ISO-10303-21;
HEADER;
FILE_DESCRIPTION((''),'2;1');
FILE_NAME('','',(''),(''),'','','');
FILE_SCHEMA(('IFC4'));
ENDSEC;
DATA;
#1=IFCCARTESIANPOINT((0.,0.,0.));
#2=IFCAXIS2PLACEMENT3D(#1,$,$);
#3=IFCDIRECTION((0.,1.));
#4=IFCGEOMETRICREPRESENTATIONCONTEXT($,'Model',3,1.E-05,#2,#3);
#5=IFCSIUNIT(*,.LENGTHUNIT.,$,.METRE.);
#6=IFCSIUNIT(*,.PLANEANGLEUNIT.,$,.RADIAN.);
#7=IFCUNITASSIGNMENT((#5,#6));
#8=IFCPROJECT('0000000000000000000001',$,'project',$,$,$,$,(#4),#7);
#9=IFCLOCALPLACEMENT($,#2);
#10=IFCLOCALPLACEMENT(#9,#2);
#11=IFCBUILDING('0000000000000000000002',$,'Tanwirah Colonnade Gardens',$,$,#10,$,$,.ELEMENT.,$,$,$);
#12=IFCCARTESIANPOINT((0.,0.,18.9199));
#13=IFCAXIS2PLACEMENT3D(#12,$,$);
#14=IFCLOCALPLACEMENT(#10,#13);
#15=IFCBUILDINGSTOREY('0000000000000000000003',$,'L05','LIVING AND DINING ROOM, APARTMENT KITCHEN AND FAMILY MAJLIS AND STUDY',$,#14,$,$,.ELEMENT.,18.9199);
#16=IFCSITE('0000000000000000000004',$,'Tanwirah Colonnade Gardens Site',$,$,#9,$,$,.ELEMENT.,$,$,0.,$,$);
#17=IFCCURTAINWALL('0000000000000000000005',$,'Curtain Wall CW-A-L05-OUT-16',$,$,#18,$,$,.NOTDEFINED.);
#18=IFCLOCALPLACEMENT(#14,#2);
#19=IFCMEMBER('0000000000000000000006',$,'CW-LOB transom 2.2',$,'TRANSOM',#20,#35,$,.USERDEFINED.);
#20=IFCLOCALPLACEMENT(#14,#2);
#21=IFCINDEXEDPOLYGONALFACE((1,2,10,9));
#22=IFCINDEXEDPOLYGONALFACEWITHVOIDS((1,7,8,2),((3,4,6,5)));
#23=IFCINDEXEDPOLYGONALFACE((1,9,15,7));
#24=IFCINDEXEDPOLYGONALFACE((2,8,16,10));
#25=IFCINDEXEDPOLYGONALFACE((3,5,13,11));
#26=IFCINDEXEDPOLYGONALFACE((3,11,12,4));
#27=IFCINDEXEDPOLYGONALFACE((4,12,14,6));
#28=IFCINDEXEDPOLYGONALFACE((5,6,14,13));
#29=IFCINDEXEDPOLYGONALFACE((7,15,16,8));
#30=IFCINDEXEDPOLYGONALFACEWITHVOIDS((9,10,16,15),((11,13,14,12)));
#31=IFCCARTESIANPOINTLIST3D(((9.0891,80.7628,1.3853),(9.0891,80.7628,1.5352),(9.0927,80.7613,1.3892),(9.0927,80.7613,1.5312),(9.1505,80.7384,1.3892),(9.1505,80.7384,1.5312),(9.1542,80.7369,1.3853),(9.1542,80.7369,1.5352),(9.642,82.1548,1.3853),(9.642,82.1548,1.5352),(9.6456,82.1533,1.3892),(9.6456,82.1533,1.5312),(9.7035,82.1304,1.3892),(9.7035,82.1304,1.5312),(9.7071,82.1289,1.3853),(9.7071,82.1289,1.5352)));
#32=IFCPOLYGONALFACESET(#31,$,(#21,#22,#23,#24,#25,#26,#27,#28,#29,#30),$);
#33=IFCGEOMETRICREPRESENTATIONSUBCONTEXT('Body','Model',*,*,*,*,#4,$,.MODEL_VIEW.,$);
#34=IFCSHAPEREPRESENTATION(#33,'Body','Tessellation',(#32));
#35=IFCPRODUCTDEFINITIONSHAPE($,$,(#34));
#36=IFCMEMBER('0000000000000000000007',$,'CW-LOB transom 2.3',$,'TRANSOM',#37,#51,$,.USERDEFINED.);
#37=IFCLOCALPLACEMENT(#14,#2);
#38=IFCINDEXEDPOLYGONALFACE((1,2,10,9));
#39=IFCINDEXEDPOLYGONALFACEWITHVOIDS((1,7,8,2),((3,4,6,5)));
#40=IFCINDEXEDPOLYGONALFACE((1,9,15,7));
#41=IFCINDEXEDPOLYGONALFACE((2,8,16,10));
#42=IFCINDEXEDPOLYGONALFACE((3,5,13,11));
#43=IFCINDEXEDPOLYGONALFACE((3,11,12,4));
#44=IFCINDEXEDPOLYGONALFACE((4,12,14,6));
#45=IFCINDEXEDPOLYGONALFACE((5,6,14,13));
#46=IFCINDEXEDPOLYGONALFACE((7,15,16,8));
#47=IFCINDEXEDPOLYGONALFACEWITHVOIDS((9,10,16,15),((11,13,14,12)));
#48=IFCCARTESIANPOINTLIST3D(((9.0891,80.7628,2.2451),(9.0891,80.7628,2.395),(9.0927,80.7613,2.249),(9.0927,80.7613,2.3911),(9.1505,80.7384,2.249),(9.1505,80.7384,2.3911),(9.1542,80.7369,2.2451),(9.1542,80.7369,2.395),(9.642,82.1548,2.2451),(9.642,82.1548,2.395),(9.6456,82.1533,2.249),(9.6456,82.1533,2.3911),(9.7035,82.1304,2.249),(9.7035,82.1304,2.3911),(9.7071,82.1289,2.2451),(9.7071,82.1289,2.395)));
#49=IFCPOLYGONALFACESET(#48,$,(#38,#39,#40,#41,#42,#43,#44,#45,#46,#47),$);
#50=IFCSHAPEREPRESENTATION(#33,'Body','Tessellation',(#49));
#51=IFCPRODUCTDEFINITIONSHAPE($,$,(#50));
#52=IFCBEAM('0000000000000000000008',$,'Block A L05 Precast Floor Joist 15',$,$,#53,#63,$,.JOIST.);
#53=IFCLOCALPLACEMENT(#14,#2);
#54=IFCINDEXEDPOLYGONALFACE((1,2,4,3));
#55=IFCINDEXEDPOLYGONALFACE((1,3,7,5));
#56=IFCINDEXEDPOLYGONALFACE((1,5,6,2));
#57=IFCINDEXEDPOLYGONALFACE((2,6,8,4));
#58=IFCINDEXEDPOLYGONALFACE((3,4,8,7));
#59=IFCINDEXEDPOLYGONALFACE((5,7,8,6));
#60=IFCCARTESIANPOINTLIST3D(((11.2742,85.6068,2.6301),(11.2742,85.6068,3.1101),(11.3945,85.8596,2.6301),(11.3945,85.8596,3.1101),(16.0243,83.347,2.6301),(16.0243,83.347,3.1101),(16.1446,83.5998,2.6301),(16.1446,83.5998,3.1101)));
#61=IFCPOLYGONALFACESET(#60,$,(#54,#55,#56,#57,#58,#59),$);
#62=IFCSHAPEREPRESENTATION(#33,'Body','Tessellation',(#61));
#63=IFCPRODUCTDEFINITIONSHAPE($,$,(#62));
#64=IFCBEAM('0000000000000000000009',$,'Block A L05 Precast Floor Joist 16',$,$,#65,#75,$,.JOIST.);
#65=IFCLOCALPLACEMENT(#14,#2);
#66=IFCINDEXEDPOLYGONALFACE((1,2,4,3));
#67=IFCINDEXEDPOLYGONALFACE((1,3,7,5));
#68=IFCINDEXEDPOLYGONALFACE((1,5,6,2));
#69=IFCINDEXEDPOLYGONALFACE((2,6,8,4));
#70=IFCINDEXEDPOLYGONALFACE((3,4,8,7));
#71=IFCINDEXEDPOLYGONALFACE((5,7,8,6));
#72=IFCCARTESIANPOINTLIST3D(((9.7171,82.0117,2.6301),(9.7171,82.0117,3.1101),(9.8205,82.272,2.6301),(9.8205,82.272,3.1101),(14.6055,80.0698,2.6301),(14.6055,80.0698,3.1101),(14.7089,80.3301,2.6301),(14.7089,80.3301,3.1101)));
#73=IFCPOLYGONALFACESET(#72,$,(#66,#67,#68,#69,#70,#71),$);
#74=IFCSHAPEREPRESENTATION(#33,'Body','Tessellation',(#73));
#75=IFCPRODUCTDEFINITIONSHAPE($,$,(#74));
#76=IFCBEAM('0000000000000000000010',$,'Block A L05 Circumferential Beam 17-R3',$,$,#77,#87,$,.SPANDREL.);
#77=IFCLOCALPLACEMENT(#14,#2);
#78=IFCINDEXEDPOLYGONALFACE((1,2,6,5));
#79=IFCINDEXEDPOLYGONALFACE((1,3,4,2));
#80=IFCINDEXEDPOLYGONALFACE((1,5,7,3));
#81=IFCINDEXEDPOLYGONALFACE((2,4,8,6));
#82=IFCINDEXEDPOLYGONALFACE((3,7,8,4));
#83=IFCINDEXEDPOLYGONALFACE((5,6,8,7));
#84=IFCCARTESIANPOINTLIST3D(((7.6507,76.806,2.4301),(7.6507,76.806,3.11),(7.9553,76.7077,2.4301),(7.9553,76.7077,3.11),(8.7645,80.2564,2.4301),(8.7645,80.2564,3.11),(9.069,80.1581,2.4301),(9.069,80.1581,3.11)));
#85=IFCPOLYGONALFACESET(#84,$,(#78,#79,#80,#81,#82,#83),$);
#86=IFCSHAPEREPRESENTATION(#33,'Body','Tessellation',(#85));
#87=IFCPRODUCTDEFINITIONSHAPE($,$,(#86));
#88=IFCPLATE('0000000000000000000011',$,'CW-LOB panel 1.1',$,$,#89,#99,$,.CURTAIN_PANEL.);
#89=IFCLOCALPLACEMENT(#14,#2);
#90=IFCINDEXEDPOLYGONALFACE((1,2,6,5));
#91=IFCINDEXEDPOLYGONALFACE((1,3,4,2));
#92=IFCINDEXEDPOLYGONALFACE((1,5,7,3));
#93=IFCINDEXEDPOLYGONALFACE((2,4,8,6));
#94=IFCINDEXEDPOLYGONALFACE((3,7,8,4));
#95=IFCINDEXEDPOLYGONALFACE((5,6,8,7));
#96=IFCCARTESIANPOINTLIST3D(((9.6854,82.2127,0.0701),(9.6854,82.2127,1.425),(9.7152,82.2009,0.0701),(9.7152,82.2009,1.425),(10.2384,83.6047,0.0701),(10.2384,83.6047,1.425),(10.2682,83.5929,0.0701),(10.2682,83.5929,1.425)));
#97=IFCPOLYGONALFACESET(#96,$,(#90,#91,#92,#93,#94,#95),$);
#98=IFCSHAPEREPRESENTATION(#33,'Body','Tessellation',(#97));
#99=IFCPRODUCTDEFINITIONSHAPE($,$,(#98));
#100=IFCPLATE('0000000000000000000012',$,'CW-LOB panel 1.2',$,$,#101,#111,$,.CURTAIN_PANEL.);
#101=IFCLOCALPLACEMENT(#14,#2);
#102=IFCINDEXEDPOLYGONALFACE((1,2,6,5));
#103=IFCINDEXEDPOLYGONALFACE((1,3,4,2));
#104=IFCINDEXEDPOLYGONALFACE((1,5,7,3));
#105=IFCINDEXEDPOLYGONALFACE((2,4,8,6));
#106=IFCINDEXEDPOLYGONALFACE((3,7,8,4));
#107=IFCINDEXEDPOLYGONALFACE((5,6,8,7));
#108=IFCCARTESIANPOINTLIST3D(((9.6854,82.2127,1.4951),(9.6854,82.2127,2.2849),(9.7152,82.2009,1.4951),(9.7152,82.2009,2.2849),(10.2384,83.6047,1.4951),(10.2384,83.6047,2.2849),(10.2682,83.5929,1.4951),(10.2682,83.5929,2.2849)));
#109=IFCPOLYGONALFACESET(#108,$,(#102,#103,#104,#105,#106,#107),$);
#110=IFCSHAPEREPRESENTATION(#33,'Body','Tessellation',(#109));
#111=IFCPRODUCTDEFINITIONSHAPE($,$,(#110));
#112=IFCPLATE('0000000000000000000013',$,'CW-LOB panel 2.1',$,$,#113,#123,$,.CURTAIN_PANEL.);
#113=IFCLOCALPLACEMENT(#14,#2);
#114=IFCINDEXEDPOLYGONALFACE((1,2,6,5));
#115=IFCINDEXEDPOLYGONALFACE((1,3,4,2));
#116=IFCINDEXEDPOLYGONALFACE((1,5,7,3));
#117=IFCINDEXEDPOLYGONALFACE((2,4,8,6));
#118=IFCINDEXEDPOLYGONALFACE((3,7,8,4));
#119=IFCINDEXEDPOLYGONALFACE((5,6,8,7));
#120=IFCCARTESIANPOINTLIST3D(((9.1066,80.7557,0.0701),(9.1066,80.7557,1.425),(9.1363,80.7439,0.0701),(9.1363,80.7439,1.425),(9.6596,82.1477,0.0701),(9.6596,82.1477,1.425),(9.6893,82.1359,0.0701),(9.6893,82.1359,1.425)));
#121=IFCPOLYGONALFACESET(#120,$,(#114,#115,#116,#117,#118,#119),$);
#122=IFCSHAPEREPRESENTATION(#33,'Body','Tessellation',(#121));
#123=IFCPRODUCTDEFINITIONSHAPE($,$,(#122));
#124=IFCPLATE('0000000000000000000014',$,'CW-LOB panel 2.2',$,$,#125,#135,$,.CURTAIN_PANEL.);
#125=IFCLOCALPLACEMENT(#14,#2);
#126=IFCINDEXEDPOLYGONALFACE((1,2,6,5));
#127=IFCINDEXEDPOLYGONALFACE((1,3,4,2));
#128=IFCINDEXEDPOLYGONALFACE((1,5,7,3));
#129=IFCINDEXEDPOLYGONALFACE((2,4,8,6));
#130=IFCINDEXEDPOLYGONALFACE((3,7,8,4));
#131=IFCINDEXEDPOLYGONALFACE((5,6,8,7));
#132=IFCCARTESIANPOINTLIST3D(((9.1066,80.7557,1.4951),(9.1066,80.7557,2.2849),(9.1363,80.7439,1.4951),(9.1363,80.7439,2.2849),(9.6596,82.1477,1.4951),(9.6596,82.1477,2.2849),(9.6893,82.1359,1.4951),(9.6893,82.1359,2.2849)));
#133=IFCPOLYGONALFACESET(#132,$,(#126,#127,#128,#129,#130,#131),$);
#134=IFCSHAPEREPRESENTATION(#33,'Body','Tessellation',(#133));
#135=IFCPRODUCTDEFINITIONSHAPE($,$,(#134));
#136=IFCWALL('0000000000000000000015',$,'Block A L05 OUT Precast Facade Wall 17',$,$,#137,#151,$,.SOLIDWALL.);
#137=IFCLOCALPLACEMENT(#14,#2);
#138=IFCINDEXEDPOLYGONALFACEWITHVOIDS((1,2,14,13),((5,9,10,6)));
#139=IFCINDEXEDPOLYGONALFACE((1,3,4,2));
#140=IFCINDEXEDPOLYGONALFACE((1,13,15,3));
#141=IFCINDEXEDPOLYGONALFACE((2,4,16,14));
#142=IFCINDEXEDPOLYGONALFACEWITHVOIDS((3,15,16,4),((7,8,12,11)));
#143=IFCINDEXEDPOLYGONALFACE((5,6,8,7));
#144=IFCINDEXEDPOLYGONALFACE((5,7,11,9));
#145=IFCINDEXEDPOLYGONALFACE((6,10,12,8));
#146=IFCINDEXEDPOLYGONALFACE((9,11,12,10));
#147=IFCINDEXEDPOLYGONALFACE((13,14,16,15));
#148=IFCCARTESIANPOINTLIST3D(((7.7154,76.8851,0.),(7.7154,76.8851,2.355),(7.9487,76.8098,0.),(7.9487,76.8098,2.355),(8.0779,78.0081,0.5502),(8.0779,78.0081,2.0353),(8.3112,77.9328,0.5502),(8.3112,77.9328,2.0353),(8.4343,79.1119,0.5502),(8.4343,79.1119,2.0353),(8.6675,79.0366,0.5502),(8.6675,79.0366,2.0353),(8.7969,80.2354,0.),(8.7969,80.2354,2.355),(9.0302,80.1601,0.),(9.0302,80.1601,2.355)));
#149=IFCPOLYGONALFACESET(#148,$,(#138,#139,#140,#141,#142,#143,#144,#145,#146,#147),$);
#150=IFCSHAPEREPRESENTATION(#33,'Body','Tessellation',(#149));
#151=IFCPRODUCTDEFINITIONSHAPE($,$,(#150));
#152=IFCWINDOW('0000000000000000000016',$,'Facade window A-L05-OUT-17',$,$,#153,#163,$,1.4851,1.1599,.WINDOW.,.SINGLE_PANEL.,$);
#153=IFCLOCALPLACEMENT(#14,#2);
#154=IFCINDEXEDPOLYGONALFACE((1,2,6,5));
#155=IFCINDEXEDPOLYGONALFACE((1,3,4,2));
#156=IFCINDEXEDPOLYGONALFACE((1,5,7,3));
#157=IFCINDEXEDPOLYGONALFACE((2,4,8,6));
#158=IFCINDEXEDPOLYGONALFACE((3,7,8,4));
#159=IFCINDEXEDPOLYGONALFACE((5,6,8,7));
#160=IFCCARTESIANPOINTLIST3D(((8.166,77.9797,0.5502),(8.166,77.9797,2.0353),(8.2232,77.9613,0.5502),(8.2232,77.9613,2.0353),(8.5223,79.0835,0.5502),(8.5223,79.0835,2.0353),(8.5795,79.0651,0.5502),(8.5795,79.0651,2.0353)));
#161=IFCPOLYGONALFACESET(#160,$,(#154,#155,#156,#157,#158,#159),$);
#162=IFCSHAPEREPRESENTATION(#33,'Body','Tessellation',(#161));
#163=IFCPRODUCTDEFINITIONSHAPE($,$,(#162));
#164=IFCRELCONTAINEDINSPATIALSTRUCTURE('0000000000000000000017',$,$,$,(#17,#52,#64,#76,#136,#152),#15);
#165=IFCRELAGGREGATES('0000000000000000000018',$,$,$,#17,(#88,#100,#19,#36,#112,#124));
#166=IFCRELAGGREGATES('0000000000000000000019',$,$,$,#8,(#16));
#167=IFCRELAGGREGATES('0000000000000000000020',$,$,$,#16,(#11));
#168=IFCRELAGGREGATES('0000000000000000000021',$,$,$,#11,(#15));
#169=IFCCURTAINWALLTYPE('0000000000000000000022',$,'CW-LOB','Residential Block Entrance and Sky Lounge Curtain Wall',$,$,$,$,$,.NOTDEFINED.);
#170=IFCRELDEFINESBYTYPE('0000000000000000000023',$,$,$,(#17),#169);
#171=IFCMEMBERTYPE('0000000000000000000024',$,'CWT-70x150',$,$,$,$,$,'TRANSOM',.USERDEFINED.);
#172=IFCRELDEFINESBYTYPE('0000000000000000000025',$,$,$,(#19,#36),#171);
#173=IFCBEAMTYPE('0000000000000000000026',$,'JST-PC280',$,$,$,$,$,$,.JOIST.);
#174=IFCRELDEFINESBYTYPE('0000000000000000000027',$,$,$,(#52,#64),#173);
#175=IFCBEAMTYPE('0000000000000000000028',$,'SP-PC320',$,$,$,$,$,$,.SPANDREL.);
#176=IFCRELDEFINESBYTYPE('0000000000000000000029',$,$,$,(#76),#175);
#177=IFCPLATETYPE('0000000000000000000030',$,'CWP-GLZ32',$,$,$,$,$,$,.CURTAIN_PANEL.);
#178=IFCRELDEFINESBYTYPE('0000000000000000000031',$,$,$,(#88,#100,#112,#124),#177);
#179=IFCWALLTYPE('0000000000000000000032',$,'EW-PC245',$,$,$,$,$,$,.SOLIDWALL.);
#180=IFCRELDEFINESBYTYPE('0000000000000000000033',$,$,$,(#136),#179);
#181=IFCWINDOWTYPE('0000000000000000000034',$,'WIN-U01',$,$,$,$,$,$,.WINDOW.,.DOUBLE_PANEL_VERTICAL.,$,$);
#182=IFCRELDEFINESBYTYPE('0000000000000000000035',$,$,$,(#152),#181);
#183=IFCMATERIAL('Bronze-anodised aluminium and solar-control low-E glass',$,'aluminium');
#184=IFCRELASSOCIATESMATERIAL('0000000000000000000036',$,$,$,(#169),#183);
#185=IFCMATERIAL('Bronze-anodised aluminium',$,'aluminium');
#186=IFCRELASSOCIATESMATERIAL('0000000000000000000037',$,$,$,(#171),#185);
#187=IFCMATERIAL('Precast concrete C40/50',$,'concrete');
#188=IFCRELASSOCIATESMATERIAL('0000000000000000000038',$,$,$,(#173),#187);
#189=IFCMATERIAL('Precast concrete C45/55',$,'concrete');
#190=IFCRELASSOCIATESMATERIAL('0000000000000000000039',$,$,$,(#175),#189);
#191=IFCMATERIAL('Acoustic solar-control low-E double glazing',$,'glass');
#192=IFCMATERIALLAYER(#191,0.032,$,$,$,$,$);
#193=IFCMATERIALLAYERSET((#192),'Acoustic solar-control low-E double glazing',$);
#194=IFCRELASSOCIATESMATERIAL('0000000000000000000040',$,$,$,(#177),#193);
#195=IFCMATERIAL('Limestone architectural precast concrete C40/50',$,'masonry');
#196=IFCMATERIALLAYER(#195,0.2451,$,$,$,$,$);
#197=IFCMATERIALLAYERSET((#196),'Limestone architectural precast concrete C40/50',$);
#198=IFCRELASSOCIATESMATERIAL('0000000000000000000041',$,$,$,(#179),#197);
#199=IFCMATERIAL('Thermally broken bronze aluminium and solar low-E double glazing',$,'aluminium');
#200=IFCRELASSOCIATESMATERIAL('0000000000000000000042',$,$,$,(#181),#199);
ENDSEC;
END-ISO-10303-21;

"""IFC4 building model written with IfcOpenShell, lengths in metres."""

from ifc_helpers import new_model, si_unit, direction, frame, frame_2d, origin, origin_2d, place, context, subcontext, project, spatial, rectangle, hollow_rectangle, extrude, material, layer, layer_set, material_profile, profile_set, type_object, element, fill, aggregate, save


model = new_model("IFC4")

# Units and contexts
model_context = context("Model", 3, precision=1e-05, world=origin(), true_north=direction((0.0, 1.0)))
body_context = subcontext(model_context, "Body", "Model", "MODEL_VIEW")
ifc_project = project(units=[si_unit("LENGTHUNIT", "METRE"), si_unit("PLANEANGLEUNIT", "RADIAN")], contexts=[model_context])

# Site, building, storey
site_placement = place(None, origin())
site = spatial("IfcSite", under=ifc_project, at=site_placement, Name="Tanwirah Colonnade Gardens Site", CompositionType="ELEMENT", RefElevation=0.0)
building_placement = place(site_placement, origin())
building = spatial("IfcBuilding", under=site, at=building_placement, Name="Tanwirah Colonnade Gardens", CompositionType="ELEMENT")
storey_placement = place(building_placement, frame((0.0, 0.0, 18.9199)))
storey = spatial("IfcBuildingStorey", under=building, at=storey_placement, Name="L05", Description="LIVING AND DINING ROOM, APARTMENT KITCHEN AND FAMILY MAJLIS AND STUDY", CompositionType="ELEMENT", Elevation=18.9199)

# Shared definitions
ifc_material_1 = material(Name="Precast concrete C45/55", Category="concrete")
ifc_material_2 = material(Name="Precast concrete C40/50", Category="concrete")

# Curtain wall, members
ifc_material_3 = material(Name="Bronze-anodised aluminium and solar-control low-E glass", Category="aluminium")
curtain_wall_type = type_object("IfcCurtainWallType", Name="CW-LOB", Description="Residential Block Entrance and Sky Lounge Curtain Wall", PredefinedType="NOTDEFINED", material=ifc_material_3)
curtain_wall_placement = place(storey_placement, origin())
curtain_wall = element("IfcCurtainWall", 1, at=curtain_wall_placement, inside=storey, type_object=curtain_wall_type, Name="Curtain Wall CW-A-L05-OUT-16", PredefinedType="NOTDEFINED")
ifc_material_4 = material(Name="Bronze-anodised aluminium", Category="aluminium")
ifc_material_profile_1 = material_profile(ifc_material_4, hollow_rectangle(XDim=0.0701, YDim=0.1499, WallThickness=0.0039, at=origin_2d()), Name="CW-TRN 70x150x4")
ifc_profile_set_1 = profile_set([ifc_material_profile_1], Name="Bronze-anodised aluminium")
member_type_1 = type_object("IfcMemberType", Name="CWT-70x150", ElementType="TRANSOM", PredefinedType="USERDEFINED", material=ifc_profile_set_1)
member_1_placement = place(storey_placement, frame((9.6746, 82.1418, 1.4602), z_axis=(-0.36917, -0.929362, 0.0), x_axis=(0.929362, -0.36917, 0.0)))
member_1 = element("IfcMember", 2, at=member_1_placement, type_object=member_type_1, Name="CW-LOB transom 2.2", ObjectType="TRANSOM", PredefinedType="USERDEFINED", context=body_context, shape_type="SweptSolid", body=[
    extrude(hollow_rectangle(XDim=0.0701, YDim=0.1499, WallThickness=0.0039, at=origin_2d()), origin(), (0.0, 0.0, 1.0), 1.4978),
])
member_2_placement = place(storey_placement, frame((9.6746, 82.1418, 2.3201), z_axis=(-0.36917, -0.929362, 0.0), x_axis=(0.929362, -0.36917, 0.0)))
member_2 = element("IfcMember", 3, at=member_2_placement, type_object=member_type_1, Name="CW-LOB transom 2.3", ObjectType="TRANSOM", PredefinedType="USERDEFINED", context=body_context, shape_type="SweptSolid", body=[
    extrude(hollow_rectangle(XDim=0.0701, YDim=0.1499, WallThickness=0.0039, at=origin_2d()), origin(), (0.0, 0.0, 1.0), 1.4978),
])

# Beams
ifc_material_profile_2 = material_profile(ifc_material_2, rectangle(XDim=0.28, YDim=0.48, at=origin_2d()), Name="PC-JST 280x480")
ifc_profile_set_2 = profile_set([ifc_material_profile_2], Name="Precast concrete C40/50")
beam_type_1 = type_object("IfcBeamType", Name="JST-PC280", PredefinedType="JOIST", material=ifc_profile_set_2)
beam_1_placement = place(storey_placement, frame((16.0845, 83.4734, 2.8701), z_axis=(-0.903018, 0.429602, 0.0), x_axis=(-0.429602, -0.903018, 0.0)))
element("IfcBeam", 4, at=beam_1_placement, inside=storey, type_object=beam_type_1, Name="Block A L05 Precast Floor Joist 15", PredefinedType="JOIST", context=body_context, shape_type="SweptSolid", body=[
    extrude(rectangle(XDim=0.28, YDim=0.48, at=origin_2d()), origin(), (0.0, 0.0, 1.0), 5.2603),
])
beam_2_placement = place(storey_placement, frame((14.6572, 80.2, 2.8701), z_axis=(-0.929358, 0.369181, 0.0), x_axis=(-0.369181, -0.929358, 0.0)))
element("IfcBeam", 5, at=beam_2_placement, inside=storey, type_object=beam_type_1, Name="Block A L05 Precast Floor Joist 16", PredefinedType="JOIST", context=body_context, shape_type="SweptSolid", body=[
    extrude(rectangle(XDim=0.28, YDim=0.48, at=origin_2d()), origin(), (0.0, 0.0, 1.0), 5.26),
])
ifc_material_profile_3 = material_profile(ifc_material_1, rectangle(XDim=0.3201, YDim=0.6799, at=origin_2d()), Name="PC-SP 320x680")
ifc_profile_set_3 = profile_set([ifc_material_profile_3], Name="Precast concrete C45/55")
beam_type_2 = type_object("IfcBeamType", Name="SP-PC320", PredefinedType="SPANDREL", material=ifc_profile_set_3)
beam_3_placement = place(storey_placement, frame((8.9167, 80.2073, 2.77), z_axis=(-0.307184, -0.95165, 0.0), x_axis=(0.95165, -0.307184, 0.0)))
element("IfcBeam", 6, at=beam_3_placement, inside=storey, type_object=beam_type_2, Name="Block A L05 Circumferential Beam 17-R3", PredefinedType="SPANDREL", context=body_context, shape_type="SweptSolid", body=[
    extrude(rectangle(XDim=0.3201, YDim=0.6799, at=origin_2d()), origin(), (0.0, 0.0, 1.0), 3.6257),
])

# Plates
ifc_material_5 = material(Name="Acoustic solar-control low-E double glazing", Category="glass")
ifc_layer_1 = layer(ifc_material_5, 0.032)
ifc_layer_set_1 = layer_set([ifc_layer_1], Name="Acoustic solar-control low-E double glazing")
plate_type = type_object("IfcPlateType", Name="CWP-GLZ32", PredefinedType="CURTAIN_PANEL", material=ifc_layer_set_1)
plate_1_placement = place(storey_placement, frame((9.9768, 82.9028, 0.0701), z_axis=(0.0, 0.0, 1.0), x_axis=(-0.369208, -0.929347, 0.0)))
plate_1 = element("IfcPlate", 7, at=plate_1_placement, type_object=plate_type, Name="CW-LOB panel 1.1", PredefinedType="CURTAIN_PANEL", context=body_context, shape_type="SweptSolid", body=[
    extrude(rectangle(XDim=1.4978, YDim=0.032, at=origin_2d()), origin(), (0.0, 0.0, 1.0), 1.355),
])
plate_2_placement = place(storey_placement, frame((9.9768, 82.9028, 1.4951), z_axis=(0.0, 0.0, 1.0), x_axis=(-0.369208, -0.929347, 0.0)))
plate_2 = element("IfcPlate", 8, at=plate_2_placement, type_object=plate_type, Name="CW-LOB panel 1.2", PredefinedType="CURTAIN_PANEL", context=body_context, shape_type="SweptSolid", body=[
    extrude(rectangle(XDim=1.4978, YDim=0.032, at=origin_2d()), origin(), (0.0, 0.0, 1.0), 0.7898),
])
plate_3_placement = place(storey_placement, frame((9.3979, 81.4458, 0.0701), z_axis=(0.0, 0.0, 1.0), x_axis=(-0.369208, -0.929347, 0.0)))
plate_3 = element("IfcPlate", 9, at=plate_3_placement, type_object=plate_type, Name="CW-LOB panel 2.1", PredefinedType="CURTAIN_PANEL", context=body_context, shape_type="SweptSolid", body=[
    extrude(rectangle(XDim=1.4978, YDim=0.032, at=origin_2d()), origin(), (0.0, 0.0, 1.0), 1.355),
])
plate_4_placement = place(storey_placement, frame((9.3979, 81.4458, 1.4951), z_axis=(0.0, 0.0, 1.0), x_axis=(-0.369208, -0.929347, 0.0)))
plate_4 = element("IfcPlate", 10, at=plate_4_placement, type_object=plate_type, Name="CW-LOB panel 2.2", PredefinedType="CURTAIN_PANEL", context=body_context, shape_type="SweptSolid", body=[
    extrude(rectangle(XDim=1.4978, YDim=0.032, at=origin_2d()), origin(), (0.0, 0.0, 1.0), 0.7898),
])
aggregate(curtain_wall, [plate_1, plate_2, member_1, member_2, plate_3, plate_4])

# Wall, opening, window
ifc_material_6 = material(Name="Limestone architectural precast concrete C40/50", Category="masonry")
ifc_layer_2 = layer(ifc_material_6, 0.2451)
ifc_layer_set_2 = layer_set([ifc_layer_2], Name="Limestone architectural precast concrete C40/50")
wall_type_1 = type_object("IfcWallType", Name="EW-PC245", PredefinedType="SOLIDWALL", material=ifc_layer_set_2)
wall_1_placement = place(storey_placement, frame((8.9136, 80.1978, 0.0), z_axis=(0.0, 0.0, 1.0), x_axis=(-0.307205, -0.951643, 0.0)))
wall_1 = element("IfcWall", 11, at=wall_1_placement, inside=storey, type_object=wall_type_1, Name="Block A L05 OUT Precast Facade Wall 17", PredefinedType="SOLIDWALL", context=body_context, shape_type="SweptSolid", body=[
    extrude(rectangle(XDim=3.5205, YDim=0.2451, at=frame_2d((1.7603, 0.0))), origin(), (0.0, 0.0, 1.0), 2.355),
])
opening_1_placement = place(wall_1_placement, frame((1.1804, 0.0, 0.55)))
opening_1 = element("IfcOpeningElement", 12, at=opening_1_placement, cuts=wall_1, PredefinedType="OPENING", context=body_context, shape_type="SweptSolid", body=[
    extrude(rectangle(XDim=1.1599, YDim=1.4851, at=frame_2d((0.5801, 0.7427))), frame((0.0, 0.1326, 0.0), z_axis=(0.0, -1.0, 0.0), x_axis=(1.0, 0.0, 0.0)), (0.0, 0.0, 1.0), 0.2651),
])
ifc_material_7 = material(Name="Thermally broken bronze aluminium and solar low-E double glazing", Category="aluminium")
window_type = type_object("IfcWindowType", Name="WIN-U01", PartitioningType="DOUBLE_PANEL_VERTICAL", PredefinedType="WINDOW", material=ifc_material_7)
window_placement = place(opening_1_placement, origin())
window = element("IfcWindow", 13, at=window_placement, inside=storey, type_object=window_type, Name="Facade window A-L05-OUT-17", OverallHeight=1.4851, OverallWidth=1.1599, PartitioningType="SINGLE_PANEL", PredefinedType="WINDOW", context=body_context, shape_type="SweptSolid", body=[
    extrude(rectangle(XDim=1.1599, YDim=1.4851, at=frame_2d((0.5801, 0.7427))), frame((0.0, 0.03, 0.0), z_axis=(0.0, -1.0, 0.0), x_axis=(1.0, 0.0, 0.0)), (0.0, 0.0, 1.0), 0.0601),
])
fill(opening_1, window)

save(model, "model.ifc")
